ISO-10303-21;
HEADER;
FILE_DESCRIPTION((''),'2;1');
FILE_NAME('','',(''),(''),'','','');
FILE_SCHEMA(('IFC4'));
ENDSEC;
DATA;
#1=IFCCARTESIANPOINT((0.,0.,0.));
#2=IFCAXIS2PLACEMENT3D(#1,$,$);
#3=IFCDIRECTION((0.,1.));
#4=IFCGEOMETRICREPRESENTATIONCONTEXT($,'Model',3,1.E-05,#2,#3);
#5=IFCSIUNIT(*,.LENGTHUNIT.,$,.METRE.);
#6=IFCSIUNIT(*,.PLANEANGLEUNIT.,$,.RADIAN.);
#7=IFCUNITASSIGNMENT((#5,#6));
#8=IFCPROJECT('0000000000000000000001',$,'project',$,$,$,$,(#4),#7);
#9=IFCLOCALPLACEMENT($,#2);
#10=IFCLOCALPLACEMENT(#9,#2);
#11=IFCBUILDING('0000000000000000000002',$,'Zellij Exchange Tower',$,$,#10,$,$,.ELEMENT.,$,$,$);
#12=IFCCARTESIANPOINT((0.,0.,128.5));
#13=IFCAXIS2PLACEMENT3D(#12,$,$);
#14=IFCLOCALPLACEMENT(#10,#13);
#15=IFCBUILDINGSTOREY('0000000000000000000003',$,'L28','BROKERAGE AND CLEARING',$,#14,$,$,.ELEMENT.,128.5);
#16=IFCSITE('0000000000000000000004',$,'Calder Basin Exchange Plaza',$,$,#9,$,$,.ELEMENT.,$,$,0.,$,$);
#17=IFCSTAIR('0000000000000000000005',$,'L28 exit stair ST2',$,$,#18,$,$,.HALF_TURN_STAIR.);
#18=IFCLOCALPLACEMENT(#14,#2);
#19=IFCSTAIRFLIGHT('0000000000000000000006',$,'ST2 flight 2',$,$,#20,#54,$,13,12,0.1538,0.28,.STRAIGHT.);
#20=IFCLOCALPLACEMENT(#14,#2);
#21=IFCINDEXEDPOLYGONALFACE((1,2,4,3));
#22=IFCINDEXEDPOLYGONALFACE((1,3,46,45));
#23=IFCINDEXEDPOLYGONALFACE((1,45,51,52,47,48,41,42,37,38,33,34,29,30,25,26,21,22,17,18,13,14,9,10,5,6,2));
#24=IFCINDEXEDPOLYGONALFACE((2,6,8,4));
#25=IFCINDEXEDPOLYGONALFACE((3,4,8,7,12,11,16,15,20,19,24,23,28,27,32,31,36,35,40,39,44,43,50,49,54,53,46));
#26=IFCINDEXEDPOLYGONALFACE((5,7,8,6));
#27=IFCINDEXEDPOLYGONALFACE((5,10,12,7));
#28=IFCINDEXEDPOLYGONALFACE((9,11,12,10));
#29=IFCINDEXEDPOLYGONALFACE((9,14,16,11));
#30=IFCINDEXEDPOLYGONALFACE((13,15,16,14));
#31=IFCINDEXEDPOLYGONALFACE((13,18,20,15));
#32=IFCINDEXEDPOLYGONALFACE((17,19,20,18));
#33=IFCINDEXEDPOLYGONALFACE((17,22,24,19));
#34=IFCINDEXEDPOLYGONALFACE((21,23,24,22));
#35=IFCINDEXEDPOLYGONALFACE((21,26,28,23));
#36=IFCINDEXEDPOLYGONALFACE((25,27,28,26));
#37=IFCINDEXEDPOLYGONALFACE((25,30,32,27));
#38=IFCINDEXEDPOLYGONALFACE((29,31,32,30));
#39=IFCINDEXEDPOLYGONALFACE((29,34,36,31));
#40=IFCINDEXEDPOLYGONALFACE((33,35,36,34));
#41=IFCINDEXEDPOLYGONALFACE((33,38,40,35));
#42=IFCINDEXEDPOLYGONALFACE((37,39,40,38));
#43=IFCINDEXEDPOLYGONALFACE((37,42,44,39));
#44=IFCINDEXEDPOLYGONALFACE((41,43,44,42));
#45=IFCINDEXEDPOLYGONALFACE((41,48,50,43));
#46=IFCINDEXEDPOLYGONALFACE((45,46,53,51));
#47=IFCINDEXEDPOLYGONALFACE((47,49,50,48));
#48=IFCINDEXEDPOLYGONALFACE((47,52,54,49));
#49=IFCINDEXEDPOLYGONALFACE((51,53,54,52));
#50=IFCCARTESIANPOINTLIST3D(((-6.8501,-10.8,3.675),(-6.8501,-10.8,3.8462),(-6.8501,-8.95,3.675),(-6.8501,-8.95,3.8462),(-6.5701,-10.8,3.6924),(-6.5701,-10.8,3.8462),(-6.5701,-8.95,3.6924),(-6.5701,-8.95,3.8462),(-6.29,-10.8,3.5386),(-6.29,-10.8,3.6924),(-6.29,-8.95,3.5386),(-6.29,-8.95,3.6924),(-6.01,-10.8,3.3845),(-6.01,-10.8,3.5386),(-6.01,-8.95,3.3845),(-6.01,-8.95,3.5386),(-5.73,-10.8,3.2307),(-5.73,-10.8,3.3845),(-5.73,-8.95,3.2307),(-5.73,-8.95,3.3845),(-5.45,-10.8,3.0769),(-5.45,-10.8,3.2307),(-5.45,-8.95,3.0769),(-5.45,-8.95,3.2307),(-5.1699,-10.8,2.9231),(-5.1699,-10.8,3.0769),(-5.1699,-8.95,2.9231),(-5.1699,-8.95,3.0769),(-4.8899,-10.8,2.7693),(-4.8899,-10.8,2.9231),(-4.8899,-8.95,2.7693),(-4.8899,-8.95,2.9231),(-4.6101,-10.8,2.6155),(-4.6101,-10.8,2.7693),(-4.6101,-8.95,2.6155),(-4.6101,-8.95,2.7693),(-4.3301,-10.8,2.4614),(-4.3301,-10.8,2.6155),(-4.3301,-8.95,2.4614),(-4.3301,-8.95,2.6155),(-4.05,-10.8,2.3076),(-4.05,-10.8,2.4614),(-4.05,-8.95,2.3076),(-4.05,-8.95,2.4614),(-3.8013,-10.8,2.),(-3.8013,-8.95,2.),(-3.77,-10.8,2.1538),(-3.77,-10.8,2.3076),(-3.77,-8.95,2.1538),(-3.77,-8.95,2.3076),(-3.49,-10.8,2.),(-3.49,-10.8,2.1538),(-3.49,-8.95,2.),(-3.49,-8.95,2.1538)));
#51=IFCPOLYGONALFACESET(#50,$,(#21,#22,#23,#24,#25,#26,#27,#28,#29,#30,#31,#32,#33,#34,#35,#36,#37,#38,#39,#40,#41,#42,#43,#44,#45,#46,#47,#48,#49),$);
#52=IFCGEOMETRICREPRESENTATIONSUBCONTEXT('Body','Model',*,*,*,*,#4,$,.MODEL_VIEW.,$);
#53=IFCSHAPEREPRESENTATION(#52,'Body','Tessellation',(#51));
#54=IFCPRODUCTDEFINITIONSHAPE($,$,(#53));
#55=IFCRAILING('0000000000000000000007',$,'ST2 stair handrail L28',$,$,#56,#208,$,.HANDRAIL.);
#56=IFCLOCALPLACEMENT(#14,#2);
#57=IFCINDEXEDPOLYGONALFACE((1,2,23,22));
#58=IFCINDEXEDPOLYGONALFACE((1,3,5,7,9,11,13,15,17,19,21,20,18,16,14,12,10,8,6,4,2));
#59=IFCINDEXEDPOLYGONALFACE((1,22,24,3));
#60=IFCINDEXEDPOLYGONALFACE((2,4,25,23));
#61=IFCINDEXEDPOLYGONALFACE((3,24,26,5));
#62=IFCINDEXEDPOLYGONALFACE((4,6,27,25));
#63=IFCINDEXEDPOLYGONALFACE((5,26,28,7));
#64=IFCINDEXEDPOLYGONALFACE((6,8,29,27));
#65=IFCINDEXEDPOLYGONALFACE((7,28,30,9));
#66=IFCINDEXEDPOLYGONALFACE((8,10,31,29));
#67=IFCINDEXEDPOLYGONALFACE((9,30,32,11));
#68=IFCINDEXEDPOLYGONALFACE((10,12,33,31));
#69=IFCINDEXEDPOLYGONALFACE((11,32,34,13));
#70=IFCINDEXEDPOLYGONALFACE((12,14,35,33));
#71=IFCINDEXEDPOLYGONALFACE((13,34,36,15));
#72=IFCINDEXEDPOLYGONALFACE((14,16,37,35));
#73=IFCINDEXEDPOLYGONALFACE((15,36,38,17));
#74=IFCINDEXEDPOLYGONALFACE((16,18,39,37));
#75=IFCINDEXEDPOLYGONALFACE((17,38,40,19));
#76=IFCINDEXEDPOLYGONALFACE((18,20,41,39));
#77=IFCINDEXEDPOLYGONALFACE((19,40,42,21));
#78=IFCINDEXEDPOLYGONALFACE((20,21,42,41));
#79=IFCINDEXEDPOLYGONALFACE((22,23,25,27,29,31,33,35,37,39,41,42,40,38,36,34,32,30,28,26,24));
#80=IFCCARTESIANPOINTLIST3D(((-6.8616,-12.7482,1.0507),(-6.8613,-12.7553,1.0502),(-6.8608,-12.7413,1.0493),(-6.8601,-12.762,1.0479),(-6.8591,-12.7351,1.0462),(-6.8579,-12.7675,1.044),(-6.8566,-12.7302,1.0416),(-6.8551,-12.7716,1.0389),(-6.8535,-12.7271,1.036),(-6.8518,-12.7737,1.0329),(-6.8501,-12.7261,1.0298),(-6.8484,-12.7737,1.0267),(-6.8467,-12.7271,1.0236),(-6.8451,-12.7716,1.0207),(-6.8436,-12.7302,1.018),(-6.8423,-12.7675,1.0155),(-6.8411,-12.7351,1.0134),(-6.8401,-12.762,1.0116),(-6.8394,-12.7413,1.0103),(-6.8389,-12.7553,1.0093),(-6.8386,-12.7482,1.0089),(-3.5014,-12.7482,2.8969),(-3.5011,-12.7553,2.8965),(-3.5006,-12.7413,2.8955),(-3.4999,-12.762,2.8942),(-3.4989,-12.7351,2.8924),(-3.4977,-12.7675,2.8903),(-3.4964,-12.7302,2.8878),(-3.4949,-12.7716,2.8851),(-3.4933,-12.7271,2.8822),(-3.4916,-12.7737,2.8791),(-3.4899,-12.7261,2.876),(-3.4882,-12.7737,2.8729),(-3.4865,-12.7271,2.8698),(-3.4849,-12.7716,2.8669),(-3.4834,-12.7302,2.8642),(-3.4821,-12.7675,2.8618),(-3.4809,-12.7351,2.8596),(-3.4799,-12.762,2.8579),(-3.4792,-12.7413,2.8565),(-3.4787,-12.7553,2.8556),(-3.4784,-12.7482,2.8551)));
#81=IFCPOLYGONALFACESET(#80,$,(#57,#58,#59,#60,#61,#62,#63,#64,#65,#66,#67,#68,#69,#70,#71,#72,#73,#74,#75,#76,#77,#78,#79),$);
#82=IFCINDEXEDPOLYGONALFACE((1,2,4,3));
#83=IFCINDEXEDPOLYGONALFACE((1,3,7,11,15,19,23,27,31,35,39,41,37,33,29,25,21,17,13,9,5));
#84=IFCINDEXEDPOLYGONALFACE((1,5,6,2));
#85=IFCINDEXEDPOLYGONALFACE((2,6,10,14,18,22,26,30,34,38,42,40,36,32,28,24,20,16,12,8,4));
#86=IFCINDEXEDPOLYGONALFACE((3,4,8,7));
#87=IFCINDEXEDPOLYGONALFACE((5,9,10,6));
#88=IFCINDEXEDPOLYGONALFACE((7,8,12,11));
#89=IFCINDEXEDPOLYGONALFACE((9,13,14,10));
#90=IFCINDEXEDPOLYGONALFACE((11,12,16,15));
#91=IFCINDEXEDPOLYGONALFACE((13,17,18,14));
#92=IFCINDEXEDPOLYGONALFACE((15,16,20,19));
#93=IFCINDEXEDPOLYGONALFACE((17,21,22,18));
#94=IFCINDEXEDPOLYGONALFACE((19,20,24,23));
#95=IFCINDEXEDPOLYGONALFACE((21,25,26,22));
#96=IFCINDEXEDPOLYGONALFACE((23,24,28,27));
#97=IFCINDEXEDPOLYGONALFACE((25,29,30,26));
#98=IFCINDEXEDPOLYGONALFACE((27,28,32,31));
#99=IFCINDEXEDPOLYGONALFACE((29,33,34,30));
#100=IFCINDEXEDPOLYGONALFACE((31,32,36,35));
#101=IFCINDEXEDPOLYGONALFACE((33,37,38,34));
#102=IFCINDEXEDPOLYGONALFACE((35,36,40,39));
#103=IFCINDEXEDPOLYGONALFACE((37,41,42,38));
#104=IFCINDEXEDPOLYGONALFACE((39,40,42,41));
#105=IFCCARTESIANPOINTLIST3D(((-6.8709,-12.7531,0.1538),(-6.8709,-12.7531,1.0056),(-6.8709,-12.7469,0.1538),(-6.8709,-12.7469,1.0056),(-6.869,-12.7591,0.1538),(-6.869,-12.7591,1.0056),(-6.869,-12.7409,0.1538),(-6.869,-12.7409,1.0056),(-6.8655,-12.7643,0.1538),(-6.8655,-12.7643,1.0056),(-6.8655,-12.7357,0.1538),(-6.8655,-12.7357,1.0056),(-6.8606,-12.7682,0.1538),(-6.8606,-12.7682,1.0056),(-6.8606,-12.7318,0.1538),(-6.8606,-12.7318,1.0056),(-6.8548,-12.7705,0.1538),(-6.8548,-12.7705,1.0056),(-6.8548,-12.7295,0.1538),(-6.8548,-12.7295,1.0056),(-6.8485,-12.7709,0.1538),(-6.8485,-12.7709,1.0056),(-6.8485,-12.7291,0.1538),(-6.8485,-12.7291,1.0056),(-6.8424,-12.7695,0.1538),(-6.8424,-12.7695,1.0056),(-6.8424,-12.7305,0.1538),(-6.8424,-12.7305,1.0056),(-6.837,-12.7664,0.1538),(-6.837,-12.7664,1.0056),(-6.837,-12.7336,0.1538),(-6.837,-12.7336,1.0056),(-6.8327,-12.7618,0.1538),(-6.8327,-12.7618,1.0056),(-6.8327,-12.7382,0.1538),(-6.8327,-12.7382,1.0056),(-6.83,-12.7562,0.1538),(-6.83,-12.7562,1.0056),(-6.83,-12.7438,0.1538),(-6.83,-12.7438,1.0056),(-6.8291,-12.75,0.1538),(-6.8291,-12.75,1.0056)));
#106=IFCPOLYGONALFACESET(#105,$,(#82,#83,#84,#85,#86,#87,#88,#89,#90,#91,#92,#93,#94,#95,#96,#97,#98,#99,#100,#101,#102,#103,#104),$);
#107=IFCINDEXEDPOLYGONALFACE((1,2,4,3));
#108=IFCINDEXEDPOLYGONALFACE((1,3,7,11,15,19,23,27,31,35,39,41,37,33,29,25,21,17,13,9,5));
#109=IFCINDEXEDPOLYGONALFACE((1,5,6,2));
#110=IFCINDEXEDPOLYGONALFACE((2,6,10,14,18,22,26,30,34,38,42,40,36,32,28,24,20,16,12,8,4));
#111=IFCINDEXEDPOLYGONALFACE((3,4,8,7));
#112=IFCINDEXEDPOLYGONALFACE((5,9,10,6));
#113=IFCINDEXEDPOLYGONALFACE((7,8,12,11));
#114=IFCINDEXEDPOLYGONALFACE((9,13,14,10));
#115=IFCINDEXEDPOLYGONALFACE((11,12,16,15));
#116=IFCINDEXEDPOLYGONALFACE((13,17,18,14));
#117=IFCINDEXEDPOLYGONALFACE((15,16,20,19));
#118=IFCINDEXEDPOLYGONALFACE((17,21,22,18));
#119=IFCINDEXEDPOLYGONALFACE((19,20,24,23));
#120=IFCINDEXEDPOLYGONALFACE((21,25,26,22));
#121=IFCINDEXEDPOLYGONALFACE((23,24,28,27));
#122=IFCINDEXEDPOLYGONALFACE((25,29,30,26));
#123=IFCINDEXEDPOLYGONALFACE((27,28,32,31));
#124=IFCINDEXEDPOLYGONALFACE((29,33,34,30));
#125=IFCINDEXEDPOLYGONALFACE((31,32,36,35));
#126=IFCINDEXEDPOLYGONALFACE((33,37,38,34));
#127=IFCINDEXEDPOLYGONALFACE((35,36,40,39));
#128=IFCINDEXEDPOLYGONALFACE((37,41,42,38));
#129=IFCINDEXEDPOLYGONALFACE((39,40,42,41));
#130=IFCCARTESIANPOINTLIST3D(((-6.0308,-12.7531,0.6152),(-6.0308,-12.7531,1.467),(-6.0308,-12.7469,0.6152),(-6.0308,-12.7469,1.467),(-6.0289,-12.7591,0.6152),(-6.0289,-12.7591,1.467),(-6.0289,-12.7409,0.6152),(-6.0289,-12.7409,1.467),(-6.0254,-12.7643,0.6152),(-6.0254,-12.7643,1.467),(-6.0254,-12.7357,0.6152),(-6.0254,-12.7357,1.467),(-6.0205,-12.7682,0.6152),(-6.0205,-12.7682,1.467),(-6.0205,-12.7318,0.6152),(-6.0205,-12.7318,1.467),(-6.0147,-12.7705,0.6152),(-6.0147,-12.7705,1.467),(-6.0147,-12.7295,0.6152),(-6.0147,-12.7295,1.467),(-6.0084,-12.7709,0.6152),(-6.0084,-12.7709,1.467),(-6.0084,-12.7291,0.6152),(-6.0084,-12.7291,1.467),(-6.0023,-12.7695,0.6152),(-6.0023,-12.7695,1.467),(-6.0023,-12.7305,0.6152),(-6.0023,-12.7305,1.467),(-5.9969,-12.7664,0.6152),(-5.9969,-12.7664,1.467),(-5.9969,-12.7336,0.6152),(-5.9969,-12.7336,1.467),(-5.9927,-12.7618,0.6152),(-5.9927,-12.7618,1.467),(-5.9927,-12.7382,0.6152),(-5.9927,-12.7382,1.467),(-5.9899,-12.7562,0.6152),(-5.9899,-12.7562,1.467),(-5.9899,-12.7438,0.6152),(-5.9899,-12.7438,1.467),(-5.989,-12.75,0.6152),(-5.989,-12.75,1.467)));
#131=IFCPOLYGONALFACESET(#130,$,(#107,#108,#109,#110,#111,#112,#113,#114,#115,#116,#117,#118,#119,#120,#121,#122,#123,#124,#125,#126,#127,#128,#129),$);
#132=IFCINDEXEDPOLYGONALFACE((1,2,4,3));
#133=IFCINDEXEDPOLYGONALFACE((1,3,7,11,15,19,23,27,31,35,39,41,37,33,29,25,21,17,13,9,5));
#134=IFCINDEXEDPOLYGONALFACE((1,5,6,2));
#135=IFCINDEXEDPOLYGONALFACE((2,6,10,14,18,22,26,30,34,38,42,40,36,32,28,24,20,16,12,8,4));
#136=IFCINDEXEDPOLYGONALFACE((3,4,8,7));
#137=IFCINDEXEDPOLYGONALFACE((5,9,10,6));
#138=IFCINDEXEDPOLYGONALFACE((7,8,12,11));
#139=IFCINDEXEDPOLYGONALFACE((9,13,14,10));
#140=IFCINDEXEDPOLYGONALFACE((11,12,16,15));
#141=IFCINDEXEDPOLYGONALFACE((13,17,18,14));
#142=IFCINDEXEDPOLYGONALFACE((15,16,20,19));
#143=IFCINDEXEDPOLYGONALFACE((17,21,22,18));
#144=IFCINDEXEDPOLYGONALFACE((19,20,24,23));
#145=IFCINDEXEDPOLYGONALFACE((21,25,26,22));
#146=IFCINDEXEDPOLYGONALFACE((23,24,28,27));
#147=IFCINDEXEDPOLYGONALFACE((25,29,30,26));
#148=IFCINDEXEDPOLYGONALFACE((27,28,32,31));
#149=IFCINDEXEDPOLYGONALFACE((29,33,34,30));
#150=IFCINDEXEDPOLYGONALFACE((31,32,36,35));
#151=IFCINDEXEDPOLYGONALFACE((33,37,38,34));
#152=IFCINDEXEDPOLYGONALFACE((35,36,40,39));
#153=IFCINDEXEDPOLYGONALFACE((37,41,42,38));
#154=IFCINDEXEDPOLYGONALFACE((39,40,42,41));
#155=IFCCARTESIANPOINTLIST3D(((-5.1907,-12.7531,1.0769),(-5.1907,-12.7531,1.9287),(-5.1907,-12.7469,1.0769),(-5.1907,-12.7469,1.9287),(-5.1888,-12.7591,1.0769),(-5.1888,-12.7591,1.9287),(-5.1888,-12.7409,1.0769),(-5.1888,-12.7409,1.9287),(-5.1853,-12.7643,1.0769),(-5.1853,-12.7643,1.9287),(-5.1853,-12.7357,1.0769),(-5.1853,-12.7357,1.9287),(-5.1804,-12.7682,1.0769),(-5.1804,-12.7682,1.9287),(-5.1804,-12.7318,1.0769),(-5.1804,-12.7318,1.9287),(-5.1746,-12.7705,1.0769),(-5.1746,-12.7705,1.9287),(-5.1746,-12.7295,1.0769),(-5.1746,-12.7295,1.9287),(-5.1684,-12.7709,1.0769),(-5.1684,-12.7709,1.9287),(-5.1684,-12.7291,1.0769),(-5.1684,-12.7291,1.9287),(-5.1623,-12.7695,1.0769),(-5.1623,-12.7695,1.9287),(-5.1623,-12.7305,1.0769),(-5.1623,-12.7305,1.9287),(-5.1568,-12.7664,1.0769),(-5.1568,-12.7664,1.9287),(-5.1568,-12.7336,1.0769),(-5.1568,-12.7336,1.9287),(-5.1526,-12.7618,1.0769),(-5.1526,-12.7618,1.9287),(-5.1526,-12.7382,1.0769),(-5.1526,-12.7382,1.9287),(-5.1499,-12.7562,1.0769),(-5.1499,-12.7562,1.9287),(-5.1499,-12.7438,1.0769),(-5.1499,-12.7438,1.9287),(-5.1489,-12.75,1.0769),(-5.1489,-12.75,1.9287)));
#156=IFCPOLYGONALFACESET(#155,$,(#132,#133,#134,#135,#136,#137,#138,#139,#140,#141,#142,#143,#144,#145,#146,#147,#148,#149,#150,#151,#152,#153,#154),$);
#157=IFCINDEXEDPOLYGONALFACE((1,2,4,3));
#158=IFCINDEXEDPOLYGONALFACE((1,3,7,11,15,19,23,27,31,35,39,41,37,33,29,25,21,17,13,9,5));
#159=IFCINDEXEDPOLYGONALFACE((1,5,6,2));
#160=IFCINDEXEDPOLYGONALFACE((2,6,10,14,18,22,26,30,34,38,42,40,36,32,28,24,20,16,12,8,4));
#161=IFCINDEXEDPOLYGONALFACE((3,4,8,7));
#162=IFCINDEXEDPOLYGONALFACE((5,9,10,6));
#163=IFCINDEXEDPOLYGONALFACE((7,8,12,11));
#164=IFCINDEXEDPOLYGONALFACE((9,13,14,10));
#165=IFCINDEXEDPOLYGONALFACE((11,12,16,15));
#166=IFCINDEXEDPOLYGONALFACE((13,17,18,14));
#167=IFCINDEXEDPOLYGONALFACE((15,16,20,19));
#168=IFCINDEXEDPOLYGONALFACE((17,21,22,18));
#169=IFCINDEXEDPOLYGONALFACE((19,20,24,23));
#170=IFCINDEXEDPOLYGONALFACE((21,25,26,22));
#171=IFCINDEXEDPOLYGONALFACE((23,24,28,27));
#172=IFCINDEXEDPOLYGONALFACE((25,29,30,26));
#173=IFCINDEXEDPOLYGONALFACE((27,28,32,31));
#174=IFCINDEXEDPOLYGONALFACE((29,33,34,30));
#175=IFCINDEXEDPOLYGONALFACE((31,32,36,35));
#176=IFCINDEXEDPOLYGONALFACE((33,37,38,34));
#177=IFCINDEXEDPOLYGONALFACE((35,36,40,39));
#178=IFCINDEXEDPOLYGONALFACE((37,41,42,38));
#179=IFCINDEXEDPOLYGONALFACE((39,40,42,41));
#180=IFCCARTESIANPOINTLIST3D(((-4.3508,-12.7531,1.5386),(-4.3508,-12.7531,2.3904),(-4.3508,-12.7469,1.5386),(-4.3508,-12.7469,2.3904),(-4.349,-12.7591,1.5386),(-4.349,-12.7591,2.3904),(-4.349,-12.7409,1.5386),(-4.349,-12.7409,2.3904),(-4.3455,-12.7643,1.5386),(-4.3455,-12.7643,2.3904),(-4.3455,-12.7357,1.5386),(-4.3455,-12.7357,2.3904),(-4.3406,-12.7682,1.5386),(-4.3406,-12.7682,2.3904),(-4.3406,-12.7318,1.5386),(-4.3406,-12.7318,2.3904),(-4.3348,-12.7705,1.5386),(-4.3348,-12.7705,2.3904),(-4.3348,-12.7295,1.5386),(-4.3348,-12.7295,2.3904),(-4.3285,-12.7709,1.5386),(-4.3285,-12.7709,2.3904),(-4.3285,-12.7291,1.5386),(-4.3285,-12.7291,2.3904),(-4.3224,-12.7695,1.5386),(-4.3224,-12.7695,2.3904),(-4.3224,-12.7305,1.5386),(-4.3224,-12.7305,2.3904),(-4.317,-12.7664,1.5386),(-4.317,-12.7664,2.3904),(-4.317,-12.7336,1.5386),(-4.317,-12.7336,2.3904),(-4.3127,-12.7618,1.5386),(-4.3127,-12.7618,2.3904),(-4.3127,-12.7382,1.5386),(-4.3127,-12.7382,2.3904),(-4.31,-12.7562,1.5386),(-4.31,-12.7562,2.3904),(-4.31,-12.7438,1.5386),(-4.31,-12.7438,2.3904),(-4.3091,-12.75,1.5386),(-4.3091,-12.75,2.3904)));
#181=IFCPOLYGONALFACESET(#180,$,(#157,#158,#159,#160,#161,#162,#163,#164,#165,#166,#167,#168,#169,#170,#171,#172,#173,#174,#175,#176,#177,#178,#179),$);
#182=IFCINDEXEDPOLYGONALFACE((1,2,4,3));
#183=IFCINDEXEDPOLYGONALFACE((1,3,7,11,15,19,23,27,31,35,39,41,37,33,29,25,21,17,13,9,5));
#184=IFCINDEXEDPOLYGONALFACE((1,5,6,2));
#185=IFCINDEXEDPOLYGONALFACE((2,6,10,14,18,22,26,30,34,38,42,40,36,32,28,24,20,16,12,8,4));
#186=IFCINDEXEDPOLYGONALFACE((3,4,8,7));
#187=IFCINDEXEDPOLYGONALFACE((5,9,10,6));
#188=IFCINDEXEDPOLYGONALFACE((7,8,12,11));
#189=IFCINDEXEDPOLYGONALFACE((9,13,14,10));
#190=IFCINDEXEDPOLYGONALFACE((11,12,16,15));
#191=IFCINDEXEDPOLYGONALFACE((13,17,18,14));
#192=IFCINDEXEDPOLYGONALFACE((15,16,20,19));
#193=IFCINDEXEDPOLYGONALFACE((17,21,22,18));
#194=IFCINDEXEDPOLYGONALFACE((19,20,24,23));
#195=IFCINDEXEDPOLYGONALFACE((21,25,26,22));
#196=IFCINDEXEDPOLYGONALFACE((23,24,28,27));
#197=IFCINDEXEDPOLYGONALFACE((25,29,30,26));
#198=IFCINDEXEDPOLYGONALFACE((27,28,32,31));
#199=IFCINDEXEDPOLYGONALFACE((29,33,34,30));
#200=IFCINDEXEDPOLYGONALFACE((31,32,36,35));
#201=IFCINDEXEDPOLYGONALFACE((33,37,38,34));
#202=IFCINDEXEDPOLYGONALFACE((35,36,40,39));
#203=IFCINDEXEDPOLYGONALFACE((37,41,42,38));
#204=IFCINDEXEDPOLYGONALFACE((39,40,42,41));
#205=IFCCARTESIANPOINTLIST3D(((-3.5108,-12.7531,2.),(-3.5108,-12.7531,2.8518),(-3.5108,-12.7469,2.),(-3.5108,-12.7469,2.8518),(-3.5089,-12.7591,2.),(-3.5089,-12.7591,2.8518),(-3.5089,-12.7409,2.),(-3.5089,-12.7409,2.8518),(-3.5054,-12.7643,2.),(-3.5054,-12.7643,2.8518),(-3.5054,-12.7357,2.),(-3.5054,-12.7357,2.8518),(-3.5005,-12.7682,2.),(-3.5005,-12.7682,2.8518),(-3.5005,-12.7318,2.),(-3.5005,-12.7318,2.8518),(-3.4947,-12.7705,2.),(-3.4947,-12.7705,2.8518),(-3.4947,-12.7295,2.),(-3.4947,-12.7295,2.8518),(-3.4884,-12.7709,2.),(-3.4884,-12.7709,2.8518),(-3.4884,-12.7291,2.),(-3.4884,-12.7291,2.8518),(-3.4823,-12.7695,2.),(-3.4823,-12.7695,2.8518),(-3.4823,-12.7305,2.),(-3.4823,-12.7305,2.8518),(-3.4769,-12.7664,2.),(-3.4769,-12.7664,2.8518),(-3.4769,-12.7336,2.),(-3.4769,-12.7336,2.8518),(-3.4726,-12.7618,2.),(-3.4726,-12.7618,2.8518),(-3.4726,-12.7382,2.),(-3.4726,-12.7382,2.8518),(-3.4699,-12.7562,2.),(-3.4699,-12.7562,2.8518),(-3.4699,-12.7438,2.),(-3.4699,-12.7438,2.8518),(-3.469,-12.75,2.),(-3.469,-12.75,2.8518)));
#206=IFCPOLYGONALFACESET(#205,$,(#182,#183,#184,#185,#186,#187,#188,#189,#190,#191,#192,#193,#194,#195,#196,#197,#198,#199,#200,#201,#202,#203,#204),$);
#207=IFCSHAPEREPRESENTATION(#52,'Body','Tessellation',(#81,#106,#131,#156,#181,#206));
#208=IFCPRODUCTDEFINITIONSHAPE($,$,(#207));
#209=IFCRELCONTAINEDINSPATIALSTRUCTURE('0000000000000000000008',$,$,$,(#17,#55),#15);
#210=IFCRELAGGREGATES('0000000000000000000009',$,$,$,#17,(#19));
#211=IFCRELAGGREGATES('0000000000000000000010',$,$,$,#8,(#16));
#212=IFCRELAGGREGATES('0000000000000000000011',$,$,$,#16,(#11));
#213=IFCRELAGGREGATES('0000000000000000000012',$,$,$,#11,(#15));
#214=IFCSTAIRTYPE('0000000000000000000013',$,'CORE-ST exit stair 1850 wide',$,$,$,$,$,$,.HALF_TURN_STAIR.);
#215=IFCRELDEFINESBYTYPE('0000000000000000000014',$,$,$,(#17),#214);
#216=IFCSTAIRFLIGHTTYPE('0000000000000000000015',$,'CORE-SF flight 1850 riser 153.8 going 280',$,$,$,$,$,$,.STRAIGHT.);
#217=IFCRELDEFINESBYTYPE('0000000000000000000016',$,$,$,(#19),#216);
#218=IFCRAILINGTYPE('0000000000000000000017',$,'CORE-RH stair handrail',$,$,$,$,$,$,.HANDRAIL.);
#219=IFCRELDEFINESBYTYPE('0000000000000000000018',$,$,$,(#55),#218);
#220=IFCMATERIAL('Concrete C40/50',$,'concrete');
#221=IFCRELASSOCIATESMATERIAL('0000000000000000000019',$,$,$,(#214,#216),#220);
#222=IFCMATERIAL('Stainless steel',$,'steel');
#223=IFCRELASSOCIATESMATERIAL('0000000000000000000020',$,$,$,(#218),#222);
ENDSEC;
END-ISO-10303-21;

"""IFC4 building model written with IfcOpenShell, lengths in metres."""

from ifc_helpers import new_model, si_unit, direction, frame, origin, origin_2d, place, context, subcontext, project, spatial, polyline, circle, outline, extrude, material, type_object, element, aggregate, save


model = new_model("IFC4")

# Units and contexts
model_context = context("Model", 3, precision=1e-05, world=origin(), true_north=direction((0.0, 1.0)))
body_context = subcontext(model_context, "Body", "Model", "MODEL_VIEW")
ifc_project = project(units=[si_unit("LENGTHUNIT", "METRE"), si_unit("PLANEANGLEUNIT", "RADIAN")], contexts=[model_context])

# Site, building, storey
site_placement = place(None, origin())
site = spatial("IfcSite", under=ifc_project, at=site_placement, Name="Calder Basin Exchange Plaza", CompositionType="ELEMENT", RefElevation=0.0)
building_placement = place(site_placement, origin())
building = spatial("IfcBuilding", under=site, at=building_placement, Name="Zellij Exchange Tower", CompositionType="ELEMENT")
storey_placement = place(building_placement, frame((0.0, 0.0, 128.5)))
storey = spatial("IfcBuildingStorey", under=building, at=storey_placement, Name="L28", Description="BROKERAGE AND CLEARING", CompositionType="ELEMENT", Elevation=128.5)

# Stair, stair flight
ifc_material_1 = material(Name="Concrete C40/50", Category="concrete")
stair_type = type_object("IfcStairType", Name="CORE-ST exit stair 1850 wide", PredefinedType="HALF_TURN_STAIR", material=ifc_material_1)
stair_placement = place(storey_placement, origin())
stair = element("IfcStair", 1, at=stair_placement, inside=storey, type_object=stair_type, Name="L28 exit stair ST2", PredefinedType="HALF_TURN_STAIR")
stair_flight_type = type_object("IfcStairFlightType", Name="CORE-SF flight 1850 riser 153.8 going 280", PredefinedType="STRAIGHT", material=ifc_material_1)
stair_flight_1_placement = place(storey_placement, frame((-3.49, -9.875, 2.0), z_axis=(0.0, 0.0, 1.0), x_axis=(-1.0, 0.0, 0.0)))
stair_flight_1 = element("IfcStairFlight", 2, at=stair_flight_1_placement, type_object=stair_flight_type, Name="ST2 flight 2", NumberOfRisers=13, NumberOfTreads=12, PredefinedType="STRAIGHT", RiserHeight=0.1538, TreadLength=0.28, context=body_context, shape_type="SweptSolid", body=[
    extrude(outline(polyline([(0.0, 0.0), (0.0, 0.1538), (0.28, 0.1538), (0.28, 0.3076), (0.5601, 0.3076), (0.5601, 0.4614), (0.8401, 0.4614), (0.8401, 0.6155), (1.1201, 0.6155), (1.1201, 0.7693), (1.3999, 0.7693), (1.3999, 0.9231), (1.6799, 0.9231), (1.6799, 1.0769), (1.96, 1.0769), (1.96, 1.2307), (2.24, 1.2307), (2.24, 1.3845), (2.52, 1.3845), (2.52, 1.5386), (2.8, 1.5386), (2.8, 1.6924), (3.0801, 1.6924), (3.0801, 1.8462), (3.3601, 1.8462), (3.3601, 2.0), (3.3601, 1.675), (0.3113, 0.0), (0.0, 0.0)])), frame((0.0, 0.925, 0.0), z_axis=(0.0, -1.0, 0.0), x_axis=(1.0, 0.0, 0.0)), (0.0, 0.0, 1.0), 1.8501),
])
aggregate(stair, [stair_flight_1])

# Railing
ifc_material_2 = material(Name="Stainless steel", Category="steel")
railing_type_1 = type_object("IfcRailingType", Name="CORE-RH stair handrail", PredefinedType="HANDRAIL", material=ifc_material_2)
railing_1_placement = place(storey_placement, frame((-6.8501, -12.75, 0.1538)))
element("IfcRailing", 3, at=railing_1_placement, inside=storey, type_object=railing_type_1, Name="ST2 stair handrail L28", PredefinedType="HANDRAIL", context=body_context, shape_type="SweptSolid", body=[
    extrude(circle(Radius=0.0239, at=origin_2d()), frame((0.0, 0.0, 0.876), z_axis=(0.876422, 0.0, 0.481545), x_axis=(0.0, 1.0, 0.0)), (0.0, 0.0, 1.0), 3.834),
    extrude(circle(Radius=0.021, at=origin_2d()), origin(), (0.0, 0.0, 1.0), 0.8518),
    extrude(circle(Radius=0.021, at=origin_2d()), frame((0.8401, 0.0, 0.4614)), (0.0, 0.0, 1.0), 0.8518),
    extrude(circle(Radius=0.021, at=origin_2d()), frame((1.6802, 0.0, 0.9231)), (0.0, 0.0, 1.0), 0.8518),
    extrude(circle(Radius=0.021, at=origin_2d()), frame((2.52, 0.0, 1.3848)), (0.0, 0.0, 1.0), 0.8518),
    extrude(circle(Radius=0.021, at=origin_2d()), frame((3.3601, 0.0, 1.8462)), (0.0, 0.0, 1.0), 0.8518),
])

save(model, "model.ifc")
